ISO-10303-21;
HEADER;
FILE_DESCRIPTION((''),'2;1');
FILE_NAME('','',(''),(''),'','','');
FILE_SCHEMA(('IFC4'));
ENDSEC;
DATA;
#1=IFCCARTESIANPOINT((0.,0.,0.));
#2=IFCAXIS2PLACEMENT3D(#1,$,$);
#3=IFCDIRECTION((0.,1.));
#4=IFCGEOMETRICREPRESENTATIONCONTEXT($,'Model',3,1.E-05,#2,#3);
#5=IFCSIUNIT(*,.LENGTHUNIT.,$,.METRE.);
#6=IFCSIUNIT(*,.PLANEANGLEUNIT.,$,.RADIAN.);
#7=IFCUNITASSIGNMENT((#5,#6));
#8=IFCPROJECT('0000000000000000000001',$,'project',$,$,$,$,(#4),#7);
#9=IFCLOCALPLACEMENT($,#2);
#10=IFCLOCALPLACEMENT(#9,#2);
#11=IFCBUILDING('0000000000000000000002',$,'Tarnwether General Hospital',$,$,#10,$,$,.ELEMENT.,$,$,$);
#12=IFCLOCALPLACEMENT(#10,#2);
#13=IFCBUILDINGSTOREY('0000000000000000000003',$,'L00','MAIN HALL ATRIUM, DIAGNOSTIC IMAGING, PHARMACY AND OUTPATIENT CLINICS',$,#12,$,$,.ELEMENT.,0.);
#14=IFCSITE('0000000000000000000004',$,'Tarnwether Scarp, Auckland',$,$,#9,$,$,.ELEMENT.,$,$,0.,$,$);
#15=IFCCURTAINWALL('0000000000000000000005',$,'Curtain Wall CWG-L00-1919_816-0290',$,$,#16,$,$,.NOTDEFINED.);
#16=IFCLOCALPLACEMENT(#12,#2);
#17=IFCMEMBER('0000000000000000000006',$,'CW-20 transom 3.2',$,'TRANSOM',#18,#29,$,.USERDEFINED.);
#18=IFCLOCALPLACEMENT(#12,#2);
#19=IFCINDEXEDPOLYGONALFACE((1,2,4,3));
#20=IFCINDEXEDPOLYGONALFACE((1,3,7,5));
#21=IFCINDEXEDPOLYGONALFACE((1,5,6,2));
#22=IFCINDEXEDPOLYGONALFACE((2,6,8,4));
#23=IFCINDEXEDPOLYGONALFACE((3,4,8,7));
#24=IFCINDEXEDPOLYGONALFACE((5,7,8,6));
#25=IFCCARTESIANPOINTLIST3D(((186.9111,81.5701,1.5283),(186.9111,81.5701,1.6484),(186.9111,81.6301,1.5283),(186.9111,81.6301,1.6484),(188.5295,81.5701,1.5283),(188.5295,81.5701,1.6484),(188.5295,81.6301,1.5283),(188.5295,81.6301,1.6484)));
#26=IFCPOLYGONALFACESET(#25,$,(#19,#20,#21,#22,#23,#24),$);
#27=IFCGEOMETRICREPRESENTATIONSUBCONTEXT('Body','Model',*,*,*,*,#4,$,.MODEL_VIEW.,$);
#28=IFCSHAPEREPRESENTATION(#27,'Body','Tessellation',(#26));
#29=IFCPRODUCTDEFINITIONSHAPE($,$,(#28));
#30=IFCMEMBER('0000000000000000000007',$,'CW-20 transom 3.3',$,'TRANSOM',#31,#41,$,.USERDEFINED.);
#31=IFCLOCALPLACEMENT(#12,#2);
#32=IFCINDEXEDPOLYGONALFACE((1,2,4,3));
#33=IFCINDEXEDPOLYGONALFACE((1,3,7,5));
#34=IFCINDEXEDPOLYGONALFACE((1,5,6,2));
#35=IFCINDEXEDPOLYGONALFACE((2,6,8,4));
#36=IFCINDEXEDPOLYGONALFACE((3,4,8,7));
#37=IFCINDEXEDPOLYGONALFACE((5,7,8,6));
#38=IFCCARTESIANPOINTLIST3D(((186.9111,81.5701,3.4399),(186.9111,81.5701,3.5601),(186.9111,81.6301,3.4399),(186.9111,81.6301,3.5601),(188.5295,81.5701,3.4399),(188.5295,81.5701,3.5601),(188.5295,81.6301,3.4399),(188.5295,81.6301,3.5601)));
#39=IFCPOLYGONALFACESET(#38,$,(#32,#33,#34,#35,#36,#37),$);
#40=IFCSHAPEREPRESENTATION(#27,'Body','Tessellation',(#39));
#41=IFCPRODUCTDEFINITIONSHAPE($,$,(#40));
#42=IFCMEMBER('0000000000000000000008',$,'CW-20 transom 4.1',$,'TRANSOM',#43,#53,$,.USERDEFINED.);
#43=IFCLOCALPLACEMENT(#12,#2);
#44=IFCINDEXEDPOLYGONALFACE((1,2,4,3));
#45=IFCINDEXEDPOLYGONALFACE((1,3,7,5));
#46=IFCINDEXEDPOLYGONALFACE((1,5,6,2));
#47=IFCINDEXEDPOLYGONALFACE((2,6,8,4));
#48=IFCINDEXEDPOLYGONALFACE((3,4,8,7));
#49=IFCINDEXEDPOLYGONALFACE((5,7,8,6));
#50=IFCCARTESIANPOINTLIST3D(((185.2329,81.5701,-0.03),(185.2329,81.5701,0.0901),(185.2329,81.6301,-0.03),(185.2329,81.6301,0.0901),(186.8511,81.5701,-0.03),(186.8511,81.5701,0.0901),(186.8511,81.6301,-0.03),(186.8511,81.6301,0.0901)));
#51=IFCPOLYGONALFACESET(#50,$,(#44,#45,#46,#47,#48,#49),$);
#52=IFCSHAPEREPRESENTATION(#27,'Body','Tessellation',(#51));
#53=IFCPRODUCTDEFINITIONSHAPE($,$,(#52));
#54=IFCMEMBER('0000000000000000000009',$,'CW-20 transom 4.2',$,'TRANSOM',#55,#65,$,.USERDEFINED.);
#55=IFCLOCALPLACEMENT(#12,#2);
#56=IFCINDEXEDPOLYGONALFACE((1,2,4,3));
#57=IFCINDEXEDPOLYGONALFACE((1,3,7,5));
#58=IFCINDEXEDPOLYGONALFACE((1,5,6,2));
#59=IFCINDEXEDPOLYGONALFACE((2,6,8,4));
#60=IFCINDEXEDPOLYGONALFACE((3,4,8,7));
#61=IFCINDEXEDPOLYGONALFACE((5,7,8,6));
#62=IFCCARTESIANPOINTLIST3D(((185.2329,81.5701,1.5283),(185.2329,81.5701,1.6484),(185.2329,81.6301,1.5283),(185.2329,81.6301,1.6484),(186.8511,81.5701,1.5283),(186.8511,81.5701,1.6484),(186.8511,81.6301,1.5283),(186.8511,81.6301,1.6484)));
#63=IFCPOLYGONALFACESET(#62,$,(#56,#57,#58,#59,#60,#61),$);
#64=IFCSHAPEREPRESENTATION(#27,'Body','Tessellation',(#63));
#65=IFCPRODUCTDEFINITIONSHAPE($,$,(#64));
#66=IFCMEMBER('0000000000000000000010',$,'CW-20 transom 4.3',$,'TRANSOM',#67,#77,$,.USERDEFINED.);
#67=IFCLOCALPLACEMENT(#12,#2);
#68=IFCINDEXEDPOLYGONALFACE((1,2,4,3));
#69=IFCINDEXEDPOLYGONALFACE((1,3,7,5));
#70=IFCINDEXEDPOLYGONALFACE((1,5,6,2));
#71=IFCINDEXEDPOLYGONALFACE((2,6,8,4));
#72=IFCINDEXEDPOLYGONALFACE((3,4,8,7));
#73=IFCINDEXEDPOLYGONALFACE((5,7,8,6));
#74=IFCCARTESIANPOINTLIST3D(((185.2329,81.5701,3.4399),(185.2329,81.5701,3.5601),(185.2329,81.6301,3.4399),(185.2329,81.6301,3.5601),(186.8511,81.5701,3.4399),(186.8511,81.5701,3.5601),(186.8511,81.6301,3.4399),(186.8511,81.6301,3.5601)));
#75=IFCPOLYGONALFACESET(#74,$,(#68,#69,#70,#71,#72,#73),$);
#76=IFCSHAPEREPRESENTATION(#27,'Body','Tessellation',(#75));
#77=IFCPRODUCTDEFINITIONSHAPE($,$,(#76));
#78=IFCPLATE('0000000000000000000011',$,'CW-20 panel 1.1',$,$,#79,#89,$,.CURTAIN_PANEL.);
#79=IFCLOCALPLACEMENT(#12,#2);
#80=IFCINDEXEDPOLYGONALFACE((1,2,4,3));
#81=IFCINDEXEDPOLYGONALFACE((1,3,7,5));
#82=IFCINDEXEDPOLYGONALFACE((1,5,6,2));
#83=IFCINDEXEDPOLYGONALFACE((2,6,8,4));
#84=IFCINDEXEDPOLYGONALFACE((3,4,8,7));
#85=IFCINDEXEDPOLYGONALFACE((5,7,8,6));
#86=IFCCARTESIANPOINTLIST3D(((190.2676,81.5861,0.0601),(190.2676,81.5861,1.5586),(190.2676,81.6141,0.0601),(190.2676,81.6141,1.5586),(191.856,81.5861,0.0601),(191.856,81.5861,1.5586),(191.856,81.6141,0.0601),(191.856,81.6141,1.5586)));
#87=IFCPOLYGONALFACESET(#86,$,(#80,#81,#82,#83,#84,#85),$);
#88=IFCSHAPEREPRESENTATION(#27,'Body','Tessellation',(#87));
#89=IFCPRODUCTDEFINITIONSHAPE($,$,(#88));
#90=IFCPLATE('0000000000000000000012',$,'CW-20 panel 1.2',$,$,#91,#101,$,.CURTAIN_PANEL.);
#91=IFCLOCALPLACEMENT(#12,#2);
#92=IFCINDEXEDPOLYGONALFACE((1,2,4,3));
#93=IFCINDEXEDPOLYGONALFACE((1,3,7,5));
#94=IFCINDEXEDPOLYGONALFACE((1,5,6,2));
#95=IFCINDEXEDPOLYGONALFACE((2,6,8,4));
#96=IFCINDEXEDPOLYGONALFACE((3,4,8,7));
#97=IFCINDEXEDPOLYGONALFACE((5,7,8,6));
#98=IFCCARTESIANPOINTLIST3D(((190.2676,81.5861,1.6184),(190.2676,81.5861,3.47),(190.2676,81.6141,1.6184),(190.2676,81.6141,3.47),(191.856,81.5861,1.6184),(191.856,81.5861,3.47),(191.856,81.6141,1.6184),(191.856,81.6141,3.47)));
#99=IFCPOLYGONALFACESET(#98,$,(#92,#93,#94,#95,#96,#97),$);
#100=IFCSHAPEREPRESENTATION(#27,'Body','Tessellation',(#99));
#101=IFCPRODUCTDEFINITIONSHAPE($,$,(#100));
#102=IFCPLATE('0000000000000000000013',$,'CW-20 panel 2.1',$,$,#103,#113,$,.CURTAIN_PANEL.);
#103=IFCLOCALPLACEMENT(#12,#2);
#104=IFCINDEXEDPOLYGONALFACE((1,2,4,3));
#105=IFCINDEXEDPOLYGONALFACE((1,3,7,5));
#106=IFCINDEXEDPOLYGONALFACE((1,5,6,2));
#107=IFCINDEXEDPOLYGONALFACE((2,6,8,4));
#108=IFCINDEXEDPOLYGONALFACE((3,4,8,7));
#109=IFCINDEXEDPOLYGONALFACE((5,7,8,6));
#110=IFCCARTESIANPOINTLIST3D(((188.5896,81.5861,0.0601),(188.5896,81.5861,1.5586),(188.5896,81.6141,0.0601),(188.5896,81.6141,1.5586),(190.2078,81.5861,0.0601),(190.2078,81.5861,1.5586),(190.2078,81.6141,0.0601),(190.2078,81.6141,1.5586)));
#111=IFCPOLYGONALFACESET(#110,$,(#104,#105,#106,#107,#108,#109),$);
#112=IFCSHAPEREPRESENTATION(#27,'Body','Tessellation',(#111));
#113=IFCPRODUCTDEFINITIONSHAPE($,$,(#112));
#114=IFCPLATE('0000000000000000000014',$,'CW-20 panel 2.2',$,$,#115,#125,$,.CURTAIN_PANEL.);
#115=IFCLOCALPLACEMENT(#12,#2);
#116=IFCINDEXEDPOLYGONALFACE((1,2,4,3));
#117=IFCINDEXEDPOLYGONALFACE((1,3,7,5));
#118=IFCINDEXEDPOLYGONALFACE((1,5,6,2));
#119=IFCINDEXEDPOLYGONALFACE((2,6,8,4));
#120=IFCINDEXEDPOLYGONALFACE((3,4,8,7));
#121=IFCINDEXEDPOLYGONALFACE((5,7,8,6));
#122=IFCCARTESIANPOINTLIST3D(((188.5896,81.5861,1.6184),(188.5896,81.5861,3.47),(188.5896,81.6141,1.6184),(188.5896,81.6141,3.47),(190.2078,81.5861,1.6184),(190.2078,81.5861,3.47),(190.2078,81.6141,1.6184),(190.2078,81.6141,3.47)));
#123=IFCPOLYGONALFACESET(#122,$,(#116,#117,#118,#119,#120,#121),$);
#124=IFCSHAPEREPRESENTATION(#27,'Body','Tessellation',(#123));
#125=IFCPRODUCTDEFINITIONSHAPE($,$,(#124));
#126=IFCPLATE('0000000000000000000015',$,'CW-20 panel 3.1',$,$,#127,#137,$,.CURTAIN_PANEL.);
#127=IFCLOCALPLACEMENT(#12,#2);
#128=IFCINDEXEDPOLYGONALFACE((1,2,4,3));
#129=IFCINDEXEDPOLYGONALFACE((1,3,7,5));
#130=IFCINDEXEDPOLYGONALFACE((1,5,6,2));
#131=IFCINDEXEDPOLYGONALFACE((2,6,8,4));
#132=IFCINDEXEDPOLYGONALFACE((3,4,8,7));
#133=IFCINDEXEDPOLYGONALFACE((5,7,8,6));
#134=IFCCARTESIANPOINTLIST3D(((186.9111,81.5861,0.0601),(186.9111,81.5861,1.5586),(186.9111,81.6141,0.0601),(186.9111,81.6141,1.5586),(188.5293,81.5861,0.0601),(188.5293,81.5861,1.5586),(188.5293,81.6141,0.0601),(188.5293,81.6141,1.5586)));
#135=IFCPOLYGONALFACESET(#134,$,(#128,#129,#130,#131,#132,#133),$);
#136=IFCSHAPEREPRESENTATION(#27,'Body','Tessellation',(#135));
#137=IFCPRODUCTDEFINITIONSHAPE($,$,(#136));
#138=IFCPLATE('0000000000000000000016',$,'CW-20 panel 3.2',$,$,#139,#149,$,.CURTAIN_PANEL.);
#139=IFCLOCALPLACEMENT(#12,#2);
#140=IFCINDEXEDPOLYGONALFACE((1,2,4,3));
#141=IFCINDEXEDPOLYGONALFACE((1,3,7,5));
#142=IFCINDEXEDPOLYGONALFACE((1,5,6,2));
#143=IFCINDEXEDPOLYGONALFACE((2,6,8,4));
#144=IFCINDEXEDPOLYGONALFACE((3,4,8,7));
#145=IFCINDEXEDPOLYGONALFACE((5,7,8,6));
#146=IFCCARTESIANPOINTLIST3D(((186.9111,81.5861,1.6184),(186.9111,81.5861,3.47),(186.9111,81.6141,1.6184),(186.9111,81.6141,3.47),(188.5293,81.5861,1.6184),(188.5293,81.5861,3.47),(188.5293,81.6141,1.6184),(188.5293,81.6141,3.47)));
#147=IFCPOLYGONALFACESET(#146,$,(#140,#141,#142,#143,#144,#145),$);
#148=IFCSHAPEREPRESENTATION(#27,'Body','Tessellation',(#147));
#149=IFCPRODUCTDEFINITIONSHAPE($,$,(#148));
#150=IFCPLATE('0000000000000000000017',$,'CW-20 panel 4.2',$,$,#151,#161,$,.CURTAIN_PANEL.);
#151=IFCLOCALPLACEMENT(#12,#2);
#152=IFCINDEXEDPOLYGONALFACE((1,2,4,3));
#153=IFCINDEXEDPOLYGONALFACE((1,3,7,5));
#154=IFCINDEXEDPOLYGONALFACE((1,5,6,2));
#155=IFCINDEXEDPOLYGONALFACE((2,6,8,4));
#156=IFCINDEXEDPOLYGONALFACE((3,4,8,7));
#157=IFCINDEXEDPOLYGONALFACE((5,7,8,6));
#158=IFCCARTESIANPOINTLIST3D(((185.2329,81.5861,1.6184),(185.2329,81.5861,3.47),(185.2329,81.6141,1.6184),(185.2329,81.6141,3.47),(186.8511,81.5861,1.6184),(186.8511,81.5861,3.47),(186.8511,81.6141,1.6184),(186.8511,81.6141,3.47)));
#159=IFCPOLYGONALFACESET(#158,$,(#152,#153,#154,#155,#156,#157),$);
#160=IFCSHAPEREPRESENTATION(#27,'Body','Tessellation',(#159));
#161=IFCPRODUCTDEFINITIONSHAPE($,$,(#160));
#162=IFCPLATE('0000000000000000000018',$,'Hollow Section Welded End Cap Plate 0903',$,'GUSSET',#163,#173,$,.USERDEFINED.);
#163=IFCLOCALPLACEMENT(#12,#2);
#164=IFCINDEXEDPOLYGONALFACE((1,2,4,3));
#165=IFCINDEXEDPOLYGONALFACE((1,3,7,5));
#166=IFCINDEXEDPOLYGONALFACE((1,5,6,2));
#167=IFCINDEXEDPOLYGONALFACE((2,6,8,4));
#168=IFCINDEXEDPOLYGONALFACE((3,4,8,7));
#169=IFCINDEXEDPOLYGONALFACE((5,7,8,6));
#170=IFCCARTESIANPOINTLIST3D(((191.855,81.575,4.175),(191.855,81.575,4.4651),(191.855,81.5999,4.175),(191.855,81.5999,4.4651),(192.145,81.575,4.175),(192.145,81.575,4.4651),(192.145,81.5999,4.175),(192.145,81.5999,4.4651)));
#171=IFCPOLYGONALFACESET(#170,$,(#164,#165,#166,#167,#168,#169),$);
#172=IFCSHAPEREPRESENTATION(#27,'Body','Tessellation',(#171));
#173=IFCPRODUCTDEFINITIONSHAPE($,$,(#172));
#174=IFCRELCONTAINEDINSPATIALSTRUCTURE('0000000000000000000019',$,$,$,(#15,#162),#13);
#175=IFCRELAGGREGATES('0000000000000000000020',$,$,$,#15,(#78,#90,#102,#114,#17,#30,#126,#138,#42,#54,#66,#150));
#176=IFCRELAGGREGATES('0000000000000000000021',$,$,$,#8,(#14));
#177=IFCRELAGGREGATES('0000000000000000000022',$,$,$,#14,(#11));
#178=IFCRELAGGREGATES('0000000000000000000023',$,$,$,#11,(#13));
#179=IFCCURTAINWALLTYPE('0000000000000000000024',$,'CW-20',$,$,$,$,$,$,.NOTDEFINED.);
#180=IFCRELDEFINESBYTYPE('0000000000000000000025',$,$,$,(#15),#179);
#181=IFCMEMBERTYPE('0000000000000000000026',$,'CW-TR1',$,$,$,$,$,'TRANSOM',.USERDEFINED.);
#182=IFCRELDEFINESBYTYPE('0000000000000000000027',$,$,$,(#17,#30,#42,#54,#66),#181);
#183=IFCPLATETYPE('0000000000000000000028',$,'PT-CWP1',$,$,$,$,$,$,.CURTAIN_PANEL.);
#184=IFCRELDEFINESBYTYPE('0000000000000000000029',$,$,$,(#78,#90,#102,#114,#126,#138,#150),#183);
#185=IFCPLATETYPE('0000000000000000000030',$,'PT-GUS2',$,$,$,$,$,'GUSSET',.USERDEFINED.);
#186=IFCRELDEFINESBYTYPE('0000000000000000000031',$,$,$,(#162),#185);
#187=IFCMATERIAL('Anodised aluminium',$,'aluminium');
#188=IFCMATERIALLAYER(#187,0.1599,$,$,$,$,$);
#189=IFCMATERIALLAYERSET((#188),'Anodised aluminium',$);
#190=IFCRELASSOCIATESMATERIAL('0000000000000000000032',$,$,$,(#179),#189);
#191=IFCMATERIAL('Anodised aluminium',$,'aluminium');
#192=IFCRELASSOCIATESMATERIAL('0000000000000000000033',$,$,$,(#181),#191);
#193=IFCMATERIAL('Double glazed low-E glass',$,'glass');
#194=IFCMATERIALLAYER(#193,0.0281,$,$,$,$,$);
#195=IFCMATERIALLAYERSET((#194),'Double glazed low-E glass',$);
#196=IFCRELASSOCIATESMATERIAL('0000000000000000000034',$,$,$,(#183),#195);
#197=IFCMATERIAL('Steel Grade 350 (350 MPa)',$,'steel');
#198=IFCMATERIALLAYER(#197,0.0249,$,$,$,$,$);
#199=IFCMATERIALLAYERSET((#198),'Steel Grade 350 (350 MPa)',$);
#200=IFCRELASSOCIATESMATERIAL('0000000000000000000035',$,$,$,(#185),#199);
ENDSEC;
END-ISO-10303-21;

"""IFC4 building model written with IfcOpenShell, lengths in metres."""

from ifc_helpers import new_model, si_unit, direction, frame, origin, origin_2d, place, context, subcontext, project, spatial, rectangle, extrude, material, layer, layer_set, material_profile, profile_set, type_object, element, aggregate, save


model = new_model("IFC4")

# Units and contexts
model_context = context("Model", 3, precision=1e-05, world=origin(), true_north=direction((0.0, 1.0)))
body_context = subcontext(model_context, "Body", "Model", "MODEL_VIEW")
ifc_project = project(units=[si_unit("LENGTHUNIT", "METRE"), si_unit("PLANEANGLEUNIT", "RADIAN")], contexts=[model_context])

# Site, building, storey
site_placement = place(None, origin())
site = spatial("IfcSite", under=ifc_project, at=site_placement, Name="Tarnwether Scarp, Auckland", CompositionType="ELEMENT", RefElevation=0.0)
building_placement = place(site_placement, origin())
building = spatial("IfcBuilding", under=site, at=building_placement, Name="Tarnwether General Hospital", CompositionType="ELEMENT")
storey_placement = place(building_placement, origin())
storey = spatial("IfcBuildingStorey", under=building, at=storey_placement, Name="L00", Description="MAIN HALL ATRIUM, DIAGNOSTIC IMAGING, PHARMACY AND OUTPATIENT CLINICS", CompositionType="ELEMENT", Elevation=0.0)

# Curtain wall, members, plates
ifc_material_1 = material(Name="Anodised aluminium", Category="aluminium")
ifc_layer_1 = layer(ifc_material_1, 0.1599)
ifc_layer_set_1 = layer_set([ifc_layer_1], Name="Anodised aluminium")
curtain_wall_type = type_object("IfcCurtainWallType", Name="CW-20", PredefinedType="NOTDEFINED", material=ifc_layer_set_1)
curtain_wall_placement = place(storey_placement, origin())
curtain_wall = element("IfcCurtainWall", 1, at=curtain_wall_placement, inside=storey, type_object=curtain_wall_type, Name="Curtain Wall CWG-L00-1919_816-0290", PredefinedType="NOTDEFINED")
ifc_material_2 = material(Name="Anodised aluminium", Category="aluminium")
ifc_material_profile_1 = material_profile(ifc_material_2, rectangle(XDim=0.0601, YDim=0.1201, at=origin_2d()), Name="ALU-TRN-60x120")
ifc_profile_set_1 = profile_set([ifc_material_profile_1], Name="Anodised aluminium")
member_type_1 = type_object("IfcMemberType", Name="CW-TR1", ElementType="TRANSOM", PredefinedType="USERDEFINED", material=ifc_profile_set_1)
member_1_placement = place(storey_placement, frame((188.5295, 81.6001, 1.5884), z_axis=(-1.0, 0.0, 0.0), x_axis=(0.0, -1.0, 0.0)))
member_1 = element("IfcMember", 2, at=member_1_placement, type_object=member_type_1, Name="CW-20 transom 3.2", ObjectType="TRANSOM", PredefinedType="USERDEFINED", context=body_context, shape_type="SweptSolid", body=[
    extrude(rectangle(XDim=0.0601, YDim=0.1201, at=origin_2d()), origin(), (0.0, 0.0, 1.0), 1.6184),
])
member_2_placement = place(storey_placement, frame((188.5295, 81.6001, 3.5), z_axis=(-1.0, 0.0, 0.0), x_axis=(0.0, -1.0, 0.0)))
member_2 = element("IfcMember", 3, at=member_2_placement, type_object=member_type_1, Name="CW-20 transom 3.3", ObjectType="TRANSOM", PredefinedType="USERDEFINED", context=body_context, shape_type="SweptSolid", body=[
    extrude(rectangle(XDim=0.0601, YDim=0.1201, at=origin_2d()), origin(), (0.0, 0.0, 1.0), 1.6184),
])
member_3_placement = place(storey_placement, frame((186.8511, 81.6001, 0.03), z_axis=(-1.0, 0.0, 0.0), x_axis=(0.0, -1.0, 0.0)))
member_3 = element("IfcMember", 4, at=member_3_placement, type_object=member_type_1, Name="CW-20 transom 4.1", ObjectType="TRANSOM", PredefinedType="USERDEFINED", context=body_context, shape_type="SweptSolid", body=[
    extrude(rectangle(XDim=0.0601, YDim=0.1201, at=origin_2d()), origin(), (0.0, 0.0, 1.0), 1.6182),
])
member_4_placement = place(storey_placement, frame((186.8511, 81.6001, 1.5884), z_axis=(-1.0, 0.0, 0.0), x_axis=(0.0, -1.0, 0.0)))
member_4 = element("IfcMember", 5, at=member_4_placement, type_object=member_type_1, Name="CW-20 transom 4.2", ObjectType="TRANSOM", PredefinedType="USERDEFINED", context=body_context, shape_type="SweptSolid", body=[
    extrude(rectangle(XDim=0.0601, YDim=0.1201, at=origin_2d()), origin(), (0.0, 0.0, 1.0), 1.6182),
])
member_5_placement = place(storey_placement, frame((186.8511, 81.6001, 3.5), z_axis=(-1.0, 0.0, 0.0), x_axis=(0.0, -1.0, 0.0)))
member_5 = element("IfcMember", 6, at=member_5_placement, type_object=member_type_1, Name="CW-20 transom 4.3", ObjectType="TRANSOM", PredefinedType="USERDEFINED", context=body_context, shape_type="SweptSolid", body=[
    extrude(rectangle(XDim=0.0601, YDim=0.1201, at=origin_2d()), origin(), (0.0, 0.0, 1.0), 1.6182),
])
ifc_material_3 = material(Name="Double glazed low-E glass", Category="glass")
ifc_layer_2 = layer(ifc_material_3, 0.0281)
ifc_layer_set_2 = layer_set([ifc_layer_2], Name="Double glazed low-E glass")
plate_type_1 = type_object("IfcPlateType", Name="PT-CWP1", PredefinedType="CURTAIN_PANEL", material=ifc_layer_set_2)
plate_1_placement = place(storey_placement, frame((191.0618, 81.6001, 0.0601), z_axis=(0.0, 0.0, 1.0), x_axis=(-1.0, 0.0, 0.0)))
plate_1 = element("IfcPlate", 7, at=plate_1_placement, type_object=plate_type_1, Name="CW-20 panel 1.1", PredefinedType="CURTAIN_PANEL", context=body_context, shape_type="SweptSolid", body=[
    extrude(rectangle(XDim=1.5884, YDim=0.0281, at=origin_2d()), origin(), (0.0, 0.0, 1.0), 1.4985),
])
plate_2_placement = place(storey_placement, frame((191.0618, 81.6001, 1.6184), z_axis=(0.0, 0.0, 1.0), x_axis=(-1.0, 0.0, 0.0)))
plate_2 = element("IfcPlate", 8, at=plate_2_placement, type_object=plate_type_1, Name="CW-20 panel 1.2", PredefinedType="CURTAIN_PANEL", context=body_context, shape_type="SweptSolid", body=[
    extrude(rectangle(XDim=1.5884, YDim=0.0281, at=origin_2d()), origin(), (0.0, 0.0, 1.0), 1.8516),
])
plate_3_placement = place(storey_placement, frame((189.3987, 81.6001, 0.0601), z_axis=(0.0, 0.0, 1.0), x_axis=(-1.0, 0.0, 0.0)))
plate_3 = element("IfcPlate", 9, at=plate_3_placement, type_object=plate_type_1, Name="CW-20 panel 2.1", PredefinedType="CURTAIN_PANEL", context=body_context, shape_type="SweptSolid", body=[
    extrude(rectangle(XDim=1.6182, YDim=0.0281, at=origin_2d()), origin(), (0.0, 0.0, 1.0), 1.4985),
])
plate_4_placement = place(storey_placement, frame((189.3987, 81.6001, 1.6184), z_axis=(0.0, 0.0, 1.0), x_axis=(-1.0, 0.0, 0.0)))
plate_4 = element("IfcPlate", 10, at=plate_4_placement, type_object=plate_type_1, Name="CW-20 panel 2.2", PredefinedType="CURTAIN_PANEL", context=body_context, shape_type="SweptSolid", body=[
    extrude(rectangle(XDim=1.6182, YDim=0.0281, at=origin_2d()), origin(), (0.0, 0.0, 1.0), 1.8516),
])
plate_5_placement = place(storey_placement, frame((187.7202, 81.6001, 0.0601), z_axis=(0.0, 0.0, 1.0), x_axis=(-1.0, 0.0, 0.0)))
plate_5 = element("IfcPlate", 11, at=plate_5_placement, type_object=plate_type_1, Name="CW-20 panel 3.1", PredefinedType="CURTAIN_PANEL", context=body_context, shape_type="SweptSolid", body=[
    extrude(rectangle(XDim=1.6182, YDim=0.0281, at=origin_2d()), origin(), (0.0, 0.0, 1.0), 1.4985),
])
plate_6_placement = place(storey_placement, frame((187.7202, 81.6001, 1.6184), z_axis=(0.0, 0.0, 1.0), x_axis=(-1.0, 0.0, 0.0)))
plate_6 = element("IfcPlate", 12, at=plate_6_placement, type_object=plate_type_1, Name="CW-20 panel 3.2", PredefinedType="CURTAIN_PANEL", context=body_context, shape_type="SweptSolid", body=[
    extrude(rectangle(XDim=1.6182, YDim=0.0281, at=origin_2d()), origin(), (0.0, 0.0, 1.0), 1.8516),
])
plate_7_placement = place(storey_placement, frame((186.042, 81.6001, 1.6184), z_axis=(0.0, 0.0, 1.0), x_axis=(-1.0, 0.0, 0.0)))
plate_7 = element("IfcPlate", 13, at=plate_7_placement, type_object=plate_type_1, Name="CW-20 panel 4.2", PredefinedType="CURTAIN_PANEL", context=body_context, shape_type="SweptSolid", body=[
    extrude(rectangle(XDim=1.6182, YDim=0.0281, at=origin_2d()), origin(), (0.0, 0.0, 1.0), 1.8516),
])
aggregate(curtain_wall, [plate_1, plate_2, plate_3, plate_4, member_1, member_2, plate_5, plate_6, member_3, member_4, member_5, plate_7])

# Plate
ifc_material_4 = material(Name="Steel Grade 350 (350 MPa)", Category="steel")
ifc_layer_3 = layer(ifc_material_4, 0.0249)
ifc_layer_set_3 = layer_set([ifc_layer_3], Name="Steel Grade 350 (350 MPa)")
plate_type_2 = type_object("IfcPlateType", Name="PT-GUS2", ElementType="GUSSET", PredefinedType="USERDEFINED", material=ifc_layer_set_3)
plate_8_placement = place(storey_placement, frame((192.0, 81.5874, 4.175), z_axis=(0.0, 0.0, 1.0), x_axis=(0.0, 1.0, 0.0)))
element("IfcPlate", 14, at=plate_8_placement, inside=storey, type_object=plate_type_2, Name="Hollow Section Welded End Cap Plate 0903", ObjectType="GUSSET", PredefinedType="USERDEFINED", context=body_context, shape_type="SweptSolid", body=[
    extrude(rectangle(XDim=0.0249, YDim=0.29, at=origin_2d()), origin(), (0.0, 0.0, 1.0), 0.29),
])

save(model, "model.ifc")
